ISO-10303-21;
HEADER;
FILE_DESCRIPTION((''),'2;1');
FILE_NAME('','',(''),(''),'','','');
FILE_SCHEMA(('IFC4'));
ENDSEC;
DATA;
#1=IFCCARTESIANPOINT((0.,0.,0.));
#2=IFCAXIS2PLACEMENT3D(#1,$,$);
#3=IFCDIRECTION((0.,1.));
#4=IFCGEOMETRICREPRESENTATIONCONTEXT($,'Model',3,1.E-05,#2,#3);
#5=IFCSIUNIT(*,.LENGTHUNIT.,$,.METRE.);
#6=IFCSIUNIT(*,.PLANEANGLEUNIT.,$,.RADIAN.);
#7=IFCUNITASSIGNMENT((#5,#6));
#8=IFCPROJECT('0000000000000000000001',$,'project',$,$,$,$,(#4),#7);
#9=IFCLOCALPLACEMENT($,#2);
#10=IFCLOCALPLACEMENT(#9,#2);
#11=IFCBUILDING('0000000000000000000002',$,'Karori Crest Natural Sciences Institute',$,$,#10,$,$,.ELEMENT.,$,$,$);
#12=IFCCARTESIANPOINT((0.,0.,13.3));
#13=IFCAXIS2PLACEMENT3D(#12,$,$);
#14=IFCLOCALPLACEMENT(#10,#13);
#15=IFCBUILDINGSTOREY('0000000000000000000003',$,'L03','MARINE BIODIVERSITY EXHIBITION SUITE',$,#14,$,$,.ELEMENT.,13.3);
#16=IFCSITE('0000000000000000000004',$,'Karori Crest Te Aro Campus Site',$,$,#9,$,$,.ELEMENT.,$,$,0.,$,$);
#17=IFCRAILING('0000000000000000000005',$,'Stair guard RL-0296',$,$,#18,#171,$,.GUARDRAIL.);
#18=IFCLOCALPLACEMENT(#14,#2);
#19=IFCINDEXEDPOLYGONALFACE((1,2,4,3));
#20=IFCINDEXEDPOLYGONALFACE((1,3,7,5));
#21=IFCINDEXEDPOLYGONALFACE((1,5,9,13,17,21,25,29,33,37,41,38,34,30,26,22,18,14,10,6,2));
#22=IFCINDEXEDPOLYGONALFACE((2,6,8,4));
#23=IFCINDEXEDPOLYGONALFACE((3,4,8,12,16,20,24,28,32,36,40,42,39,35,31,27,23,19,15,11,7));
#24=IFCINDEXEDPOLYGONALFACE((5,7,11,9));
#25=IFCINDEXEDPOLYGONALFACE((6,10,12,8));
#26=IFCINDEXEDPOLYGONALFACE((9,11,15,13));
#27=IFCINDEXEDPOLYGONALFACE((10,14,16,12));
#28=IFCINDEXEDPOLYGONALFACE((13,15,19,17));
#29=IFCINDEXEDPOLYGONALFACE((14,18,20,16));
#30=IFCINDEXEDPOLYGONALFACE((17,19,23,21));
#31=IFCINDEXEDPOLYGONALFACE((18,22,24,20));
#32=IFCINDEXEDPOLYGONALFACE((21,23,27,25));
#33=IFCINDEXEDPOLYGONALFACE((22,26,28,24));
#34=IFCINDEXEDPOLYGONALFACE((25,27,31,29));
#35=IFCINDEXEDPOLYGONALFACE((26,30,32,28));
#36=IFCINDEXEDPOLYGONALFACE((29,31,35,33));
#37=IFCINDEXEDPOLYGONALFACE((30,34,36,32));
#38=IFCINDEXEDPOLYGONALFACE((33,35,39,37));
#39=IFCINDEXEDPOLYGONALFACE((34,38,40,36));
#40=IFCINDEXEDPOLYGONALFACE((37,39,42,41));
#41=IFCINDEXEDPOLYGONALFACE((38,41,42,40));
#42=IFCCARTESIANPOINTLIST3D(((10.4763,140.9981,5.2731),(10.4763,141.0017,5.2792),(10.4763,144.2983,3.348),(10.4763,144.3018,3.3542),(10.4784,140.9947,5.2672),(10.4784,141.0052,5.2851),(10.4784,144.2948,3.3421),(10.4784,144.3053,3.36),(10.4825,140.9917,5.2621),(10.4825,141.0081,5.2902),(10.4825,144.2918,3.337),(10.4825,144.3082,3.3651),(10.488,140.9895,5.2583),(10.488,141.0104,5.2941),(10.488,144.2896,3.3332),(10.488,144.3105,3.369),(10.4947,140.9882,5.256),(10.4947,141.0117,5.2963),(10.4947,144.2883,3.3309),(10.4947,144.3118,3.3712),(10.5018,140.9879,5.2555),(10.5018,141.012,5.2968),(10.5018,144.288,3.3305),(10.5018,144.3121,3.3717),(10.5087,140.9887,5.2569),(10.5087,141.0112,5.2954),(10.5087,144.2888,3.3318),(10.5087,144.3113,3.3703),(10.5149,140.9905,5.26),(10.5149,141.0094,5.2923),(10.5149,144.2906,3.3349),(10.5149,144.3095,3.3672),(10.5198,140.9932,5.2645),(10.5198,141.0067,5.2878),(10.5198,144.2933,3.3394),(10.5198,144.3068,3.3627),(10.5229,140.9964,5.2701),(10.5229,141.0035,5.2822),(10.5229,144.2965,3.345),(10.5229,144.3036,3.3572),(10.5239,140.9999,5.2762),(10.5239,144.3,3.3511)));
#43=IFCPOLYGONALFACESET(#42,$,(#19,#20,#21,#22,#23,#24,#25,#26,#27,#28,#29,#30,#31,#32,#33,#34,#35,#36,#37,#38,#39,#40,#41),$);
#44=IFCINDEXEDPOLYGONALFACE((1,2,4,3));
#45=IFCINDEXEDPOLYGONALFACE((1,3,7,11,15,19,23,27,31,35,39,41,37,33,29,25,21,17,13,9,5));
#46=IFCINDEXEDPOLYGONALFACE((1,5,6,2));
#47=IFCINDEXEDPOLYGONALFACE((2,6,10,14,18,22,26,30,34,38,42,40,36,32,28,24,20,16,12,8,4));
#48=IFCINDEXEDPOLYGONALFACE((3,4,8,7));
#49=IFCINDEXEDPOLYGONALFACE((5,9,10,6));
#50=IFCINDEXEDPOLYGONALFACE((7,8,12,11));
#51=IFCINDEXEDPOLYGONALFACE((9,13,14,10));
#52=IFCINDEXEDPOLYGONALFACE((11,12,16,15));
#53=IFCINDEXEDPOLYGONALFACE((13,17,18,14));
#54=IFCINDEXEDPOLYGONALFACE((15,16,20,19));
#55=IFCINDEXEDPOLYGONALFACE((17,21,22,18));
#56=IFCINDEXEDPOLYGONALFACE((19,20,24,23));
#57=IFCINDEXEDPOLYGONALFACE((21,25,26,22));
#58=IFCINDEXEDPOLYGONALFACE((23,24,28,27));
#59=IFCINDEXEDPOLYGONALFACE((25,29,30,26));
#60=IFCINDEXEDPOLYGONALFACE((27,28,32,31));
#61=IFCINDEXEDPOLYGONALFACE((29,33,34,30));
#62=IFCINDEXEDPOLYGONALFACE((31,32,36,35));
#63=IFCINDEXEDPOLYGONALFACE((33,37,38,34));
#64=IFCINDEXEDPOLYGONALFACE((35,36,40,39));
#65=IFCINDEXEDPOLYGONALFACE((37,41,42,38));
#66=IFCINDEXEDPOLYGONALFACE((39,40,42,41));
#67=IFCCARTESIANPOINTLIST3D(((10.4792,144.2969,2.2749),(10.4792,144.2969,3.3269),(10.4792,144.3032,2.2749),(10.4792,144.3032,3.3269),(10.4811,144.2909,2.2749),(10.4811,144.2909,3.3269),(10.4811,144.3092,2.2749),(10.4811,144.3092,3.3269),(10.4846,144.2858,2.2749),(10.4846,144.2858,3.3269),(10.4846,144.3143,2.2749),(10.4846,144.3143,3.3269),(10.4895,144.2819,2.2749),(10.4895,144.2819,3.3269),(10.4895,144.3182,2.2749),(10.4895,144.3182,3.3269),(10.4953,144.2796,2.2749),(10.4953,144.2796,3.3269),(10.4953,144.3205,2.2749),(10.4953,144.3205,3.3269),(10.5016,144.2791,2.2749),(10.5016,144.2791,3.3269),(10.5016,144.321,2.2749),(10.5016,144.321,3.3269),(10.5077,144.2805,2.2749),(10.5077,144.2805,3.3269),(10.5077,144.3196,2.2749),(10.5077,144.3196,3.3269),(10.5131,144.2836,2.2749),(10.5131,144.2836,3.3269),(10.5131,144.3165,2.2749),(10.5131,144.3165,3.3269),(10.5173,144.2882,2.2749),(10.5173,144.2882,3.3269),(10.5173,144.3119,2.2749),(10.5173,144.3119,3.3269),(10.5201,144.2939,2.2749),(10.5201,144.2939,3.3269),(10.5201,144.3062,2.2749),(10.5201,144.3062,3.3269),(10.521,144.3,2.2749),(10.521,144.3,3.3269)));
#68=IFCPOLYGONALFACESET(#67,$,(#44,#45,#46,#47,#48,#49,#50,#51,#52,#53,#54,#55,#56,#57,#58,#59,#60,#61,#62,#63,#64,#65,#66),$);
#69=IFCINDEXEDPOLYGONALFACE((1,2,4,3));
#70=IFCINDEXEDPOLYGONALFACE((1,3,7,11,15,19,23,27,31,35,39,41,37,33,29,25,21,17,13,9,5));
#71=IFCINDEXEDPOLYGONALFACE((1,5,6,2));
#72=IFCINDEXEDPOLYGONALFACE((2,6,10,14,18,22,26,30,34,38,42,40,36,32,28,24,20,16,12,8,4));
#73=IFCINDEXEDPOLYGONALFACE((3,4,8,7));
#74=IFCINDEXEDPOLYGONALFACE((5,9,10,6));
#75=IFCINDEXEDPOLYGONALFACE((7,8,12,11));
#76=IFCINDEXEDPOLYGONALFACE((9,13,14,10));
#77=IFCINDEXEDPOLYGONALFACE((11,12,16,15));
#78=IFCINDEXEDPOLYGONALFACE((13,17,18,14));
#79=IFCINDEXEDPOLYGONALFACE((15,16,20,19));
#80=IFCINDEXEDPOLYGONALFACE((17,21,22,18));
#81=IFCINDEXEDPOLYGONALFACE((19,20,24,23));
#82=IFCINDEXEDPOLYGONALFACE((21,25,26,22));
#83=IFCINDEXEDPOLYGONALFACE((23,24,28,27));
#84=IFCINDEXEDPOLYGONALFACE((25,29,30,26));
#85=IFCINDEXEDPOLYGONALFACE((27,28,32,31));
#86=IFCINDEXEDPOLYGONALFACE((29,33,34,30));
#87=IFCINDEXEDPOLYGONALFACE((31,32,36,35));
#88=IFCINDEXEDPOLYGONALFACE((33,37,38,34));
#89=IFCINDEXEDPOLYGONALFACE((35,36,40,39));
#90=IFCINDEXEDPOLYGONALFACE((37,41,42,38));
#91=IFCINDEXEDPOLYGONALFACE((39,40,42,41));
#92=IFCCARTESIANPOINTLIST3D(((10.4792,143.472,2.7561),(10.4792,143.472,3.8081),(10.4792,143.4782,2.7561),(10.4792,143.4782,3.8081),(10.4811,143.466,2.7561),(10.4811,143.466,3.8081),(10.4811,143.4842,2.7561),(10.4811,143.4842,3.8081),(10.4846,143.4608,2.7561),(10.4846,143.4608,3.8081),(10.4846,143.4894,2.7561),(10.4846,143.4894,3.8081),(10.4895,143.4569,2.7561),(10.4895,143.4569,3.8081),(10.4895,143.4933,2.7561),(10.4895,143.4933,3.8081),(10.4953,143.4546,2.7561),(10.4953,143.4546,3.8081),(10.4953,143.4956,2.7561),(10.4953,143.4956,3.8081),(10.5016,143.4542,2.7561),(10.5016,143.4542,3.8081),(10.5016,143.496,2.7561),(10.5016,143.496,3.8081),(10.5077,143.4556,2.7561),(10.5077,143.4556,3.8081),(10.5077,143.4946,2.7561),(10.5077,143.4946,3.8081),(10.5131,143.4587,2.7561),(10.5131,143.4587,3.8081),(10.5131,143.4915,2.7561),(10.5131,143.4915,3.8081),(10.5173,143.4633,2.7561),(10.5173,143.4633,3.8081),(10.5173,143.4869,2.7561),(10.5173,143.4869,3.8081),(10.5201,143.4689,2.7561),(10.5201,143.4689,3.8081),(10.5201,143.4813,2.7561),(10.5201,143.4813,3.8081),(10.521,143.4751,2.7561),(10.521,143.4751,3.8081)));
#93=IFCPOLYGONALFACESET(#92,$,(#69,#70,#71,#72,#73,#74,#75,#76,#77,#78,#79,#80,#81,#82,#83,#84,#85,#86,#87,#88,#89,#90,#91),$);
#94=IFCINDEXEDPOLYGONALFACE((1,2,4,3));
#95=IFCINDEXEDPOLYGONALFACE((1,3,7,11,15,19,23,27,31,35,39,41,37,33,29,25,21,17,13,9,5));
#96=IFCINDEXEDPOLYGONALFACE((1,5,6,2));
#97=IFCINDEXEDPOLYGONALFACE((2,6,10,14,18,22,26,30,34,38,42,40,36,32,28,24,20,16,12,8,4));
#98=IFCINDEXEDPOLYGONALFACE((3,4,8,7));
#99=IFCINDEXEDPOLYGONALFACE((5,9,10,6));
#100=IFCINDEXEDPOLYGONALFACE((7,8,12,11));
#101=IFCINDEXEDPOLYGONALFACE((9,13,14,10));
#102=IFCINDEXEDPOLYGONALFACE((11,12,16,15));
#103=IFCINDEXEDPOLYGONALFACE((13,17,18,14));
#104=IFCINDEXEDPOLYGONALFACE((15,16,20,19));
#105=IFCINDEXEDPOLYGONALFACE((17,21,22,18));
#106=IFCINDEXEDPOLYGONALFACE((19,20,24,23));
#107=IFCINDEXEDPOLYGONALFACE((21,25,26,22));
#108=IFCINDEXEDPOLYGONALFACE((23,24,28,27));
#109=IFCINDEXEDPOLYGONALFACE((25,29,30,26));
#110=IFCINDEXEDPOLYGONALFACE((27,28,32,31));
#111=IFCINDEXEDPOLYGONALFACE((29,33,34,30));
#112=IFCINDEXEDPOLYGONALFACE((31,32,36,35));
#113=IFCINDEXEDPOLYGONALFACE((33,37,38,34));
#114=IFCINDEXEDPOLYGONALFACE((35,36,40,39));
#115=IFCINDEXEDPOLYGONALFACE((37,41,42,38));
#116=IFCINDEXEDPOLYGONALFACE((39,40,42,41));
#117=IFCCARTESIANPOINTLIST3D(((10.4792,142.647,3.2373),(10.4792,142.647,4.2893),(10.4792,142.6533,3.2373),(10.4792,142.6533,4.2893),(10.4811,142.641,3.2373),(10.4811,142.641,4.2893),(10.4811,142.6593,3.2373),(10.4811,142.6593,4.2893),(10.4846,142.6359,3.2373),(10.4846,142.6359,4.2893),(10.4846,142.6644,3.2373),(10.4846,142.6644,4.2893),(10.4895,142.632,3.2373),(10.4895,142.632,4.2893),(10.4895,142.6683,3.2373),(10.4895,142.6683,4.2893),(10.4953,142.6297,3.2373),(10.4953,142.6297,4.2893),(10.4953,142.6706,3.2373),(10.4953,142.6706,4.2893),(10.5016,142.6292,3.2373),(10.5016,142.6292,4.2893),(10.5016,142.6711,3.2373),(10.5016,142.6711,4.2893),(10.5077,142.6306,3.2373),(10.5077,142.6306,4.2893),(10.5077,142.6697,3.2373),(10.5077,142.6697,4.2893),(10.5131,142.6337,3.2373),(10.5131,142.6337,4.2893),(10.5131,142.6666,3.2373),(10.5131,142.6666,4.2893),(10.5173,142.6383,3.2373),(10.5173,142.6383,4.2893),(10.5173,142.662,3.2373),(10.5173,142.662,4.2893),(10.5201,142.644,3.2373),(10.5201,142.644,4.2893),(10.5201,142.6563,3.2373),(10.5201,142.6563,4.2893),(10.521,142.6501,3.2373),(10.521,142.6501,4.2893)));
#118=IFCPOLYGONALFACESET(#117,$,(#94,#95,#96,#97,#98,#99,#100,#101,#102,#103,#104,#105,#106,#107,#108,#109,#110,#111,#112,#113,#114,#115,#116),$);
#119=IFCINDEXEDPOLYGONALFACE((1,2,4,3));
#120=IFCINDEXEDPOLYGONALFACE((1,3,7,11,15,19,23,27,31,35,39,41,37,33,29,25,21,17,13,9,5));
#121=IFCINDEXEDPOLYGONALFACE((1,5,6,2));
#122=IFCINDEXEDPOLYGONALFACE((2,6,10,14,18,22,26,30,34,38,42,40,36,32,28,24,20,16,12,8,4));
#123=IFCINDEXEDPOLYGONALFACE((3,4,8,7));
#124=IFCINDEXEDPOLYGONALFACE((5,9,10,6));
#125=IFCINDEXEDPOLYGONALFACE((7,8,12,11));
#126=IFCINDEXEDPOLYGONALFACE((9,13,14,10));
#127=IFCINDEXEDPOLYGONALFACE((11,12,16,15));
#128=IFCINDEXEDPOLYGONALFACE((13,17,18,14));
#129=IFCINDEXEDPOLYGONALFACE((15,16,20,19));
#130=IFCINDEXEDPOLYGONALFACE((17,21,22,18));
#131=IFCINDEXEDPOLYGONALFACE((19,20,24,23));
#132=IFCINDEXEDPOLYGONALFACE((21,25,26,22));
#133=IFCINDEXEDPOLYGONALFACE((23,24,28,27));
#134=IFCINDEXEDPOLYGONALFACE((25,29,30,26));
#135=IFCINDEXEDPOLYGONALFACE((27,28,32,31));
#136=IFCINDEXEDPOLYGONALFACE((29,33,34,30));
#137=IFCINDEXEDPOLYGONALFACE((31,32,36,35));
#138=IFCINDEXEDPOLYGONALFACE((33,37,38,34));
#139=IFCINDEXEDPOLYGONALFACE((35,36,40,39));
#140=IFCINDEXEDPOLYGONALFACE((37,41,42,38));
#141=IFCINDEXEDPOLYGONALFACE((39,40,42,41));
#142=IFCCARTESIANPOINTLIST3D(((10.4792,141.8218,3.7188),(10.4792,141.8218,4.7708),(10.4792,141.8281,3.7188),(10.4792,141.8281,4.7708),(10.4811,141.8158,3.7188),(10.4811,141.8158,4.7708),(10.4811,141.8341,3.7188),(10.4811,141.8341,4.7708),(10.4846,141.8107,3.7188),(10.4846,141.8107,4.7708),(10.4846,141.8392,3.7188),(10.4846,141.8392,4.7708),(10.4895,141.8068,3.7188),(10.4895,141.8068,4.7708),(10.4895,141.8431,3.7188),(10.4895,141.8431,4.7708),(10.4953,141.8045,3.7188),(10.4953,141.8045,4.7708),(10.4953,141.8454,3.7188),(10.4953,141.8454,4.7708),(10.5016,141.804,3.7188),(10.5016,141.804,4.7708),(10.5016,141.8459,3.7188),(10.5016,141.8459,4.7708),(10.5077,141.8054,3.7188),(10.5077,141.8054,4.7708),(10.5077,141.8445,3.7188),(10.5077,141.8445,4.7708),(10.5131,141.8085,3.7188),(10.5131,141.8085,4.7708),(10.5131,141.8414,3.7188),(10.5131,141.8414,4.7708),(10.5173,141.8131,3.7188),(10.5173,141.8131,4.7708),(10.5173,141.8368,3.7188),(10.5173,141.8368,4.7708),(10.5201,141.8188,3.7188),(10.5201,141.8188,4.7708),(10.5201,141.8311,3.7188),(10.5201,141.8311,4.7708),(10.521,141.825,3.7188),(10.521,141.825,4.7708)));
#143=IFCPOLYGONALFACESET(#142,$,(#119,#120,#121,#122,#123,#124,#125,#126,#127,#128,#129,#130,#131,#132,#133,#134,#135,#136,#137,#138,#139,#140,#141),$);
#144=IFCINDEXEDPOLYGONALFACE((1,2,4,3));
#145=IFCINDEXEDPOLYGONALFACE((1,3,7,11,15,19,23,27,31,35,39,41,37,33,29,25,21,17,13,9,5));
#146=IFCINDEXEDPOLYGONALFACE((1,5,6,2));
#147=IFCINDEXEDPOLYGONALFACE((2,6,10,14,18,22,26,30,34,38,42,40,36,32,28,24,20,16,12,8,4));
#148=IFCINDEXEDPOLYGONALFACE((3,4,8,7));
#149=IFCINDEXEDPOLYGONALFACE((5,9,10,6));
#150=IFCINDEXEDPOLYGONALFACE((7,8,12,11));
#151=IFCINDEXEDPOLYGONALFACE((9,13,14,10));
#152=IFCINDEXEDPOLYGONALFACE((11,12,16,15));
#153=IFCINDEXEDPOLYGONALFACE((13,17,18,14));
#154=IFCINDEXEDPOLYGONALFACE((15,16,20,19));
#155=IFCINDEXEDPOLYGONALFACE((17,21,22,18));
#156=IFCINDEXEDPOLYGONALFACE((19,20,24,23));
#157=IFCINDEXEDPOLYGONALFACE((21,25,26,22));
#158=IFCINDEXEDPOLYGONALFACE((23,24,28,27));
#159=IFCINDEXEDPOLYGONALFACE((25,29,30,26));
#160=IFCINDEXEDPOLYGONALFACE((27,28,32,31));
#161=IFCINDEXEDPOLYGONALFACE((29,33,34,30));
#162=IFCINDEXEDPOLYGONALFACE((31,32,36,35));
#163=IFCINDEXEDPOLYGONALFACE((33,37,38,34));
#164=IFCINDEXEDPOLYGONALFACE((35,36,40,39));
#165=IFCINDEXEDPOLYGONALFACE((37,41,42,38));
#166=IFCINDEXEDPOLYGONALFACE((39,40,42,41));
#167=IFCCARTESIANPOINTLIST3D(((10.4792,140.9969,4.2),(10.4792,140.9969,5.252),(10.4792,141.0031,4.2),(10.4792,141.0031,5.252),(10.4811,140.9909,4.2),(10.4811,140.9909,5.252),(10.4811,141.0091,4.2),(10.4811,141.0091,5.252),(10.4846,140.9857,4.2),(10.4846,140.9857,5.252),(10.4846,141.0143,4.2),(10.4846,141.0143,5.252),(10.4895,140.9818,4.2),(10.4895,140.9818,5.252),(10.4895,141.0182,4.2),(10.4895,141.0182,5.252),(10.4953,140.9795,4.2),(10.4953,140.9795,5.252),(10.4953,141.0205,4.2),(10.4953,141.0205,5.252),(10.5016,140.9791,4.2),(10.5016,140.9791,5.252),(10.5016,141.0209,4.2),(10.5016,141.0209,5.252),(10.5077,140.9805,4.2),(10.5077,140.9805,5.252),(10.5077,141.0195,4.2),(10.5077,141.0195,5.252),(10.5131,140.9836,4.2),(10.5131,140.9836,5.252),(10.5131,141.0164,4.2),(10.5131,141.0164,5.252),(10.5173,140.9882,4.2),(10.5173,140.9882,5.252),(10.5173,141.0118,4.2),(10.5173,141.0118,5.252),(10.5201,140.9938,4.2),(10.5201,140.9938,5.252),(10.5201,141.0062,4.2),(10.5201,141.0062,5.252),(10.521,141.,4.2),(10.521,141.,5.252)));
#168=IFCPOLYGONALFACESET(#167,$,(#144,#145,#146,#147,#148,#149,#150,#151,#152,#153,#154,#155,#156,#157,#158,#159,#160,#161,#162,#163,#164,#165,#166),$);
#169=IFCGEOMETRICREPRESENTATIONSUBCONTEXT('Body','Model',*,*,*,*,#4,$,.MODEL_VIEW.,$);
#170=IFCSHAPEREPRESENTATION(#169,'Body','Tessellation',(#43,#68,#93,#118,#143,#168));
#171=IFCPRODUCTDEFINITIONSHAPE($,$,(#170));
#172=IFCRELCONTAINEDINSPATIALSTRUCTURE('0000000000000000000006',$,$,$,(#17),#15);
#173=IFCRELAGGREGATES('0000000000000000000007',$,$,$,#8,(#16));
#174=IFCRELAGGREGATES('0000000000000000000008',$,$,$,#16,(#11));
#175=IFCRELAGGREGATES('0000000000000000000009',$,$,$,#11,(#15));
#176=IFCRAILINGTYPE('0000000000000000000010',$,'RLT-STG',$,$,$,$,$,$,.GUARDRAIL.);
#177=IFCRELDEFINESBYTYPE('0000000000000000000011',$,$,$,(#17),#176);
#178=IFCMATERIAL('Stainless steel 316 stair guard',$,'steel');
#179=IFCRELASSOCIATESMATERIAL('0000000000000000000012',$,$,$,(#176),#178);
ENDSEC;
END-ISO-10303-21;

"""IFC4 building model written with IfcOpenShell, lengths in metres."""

from ifc_helpers import new_model, si_unit, direction, frame, origin, origin_2d, place, context, subcontext, project, spatial, circle, extrude, material, type_object, element, save


model = new_model("IFC4")

# Units and contexts
model_context = context("Model", 3, precision=1e-05, world=origin(), true_north=direction((0.0, 1.0)))
body_context = subcontext(model_context, "Body", "Model", "MODEL_VIEW")
ifc_project = project(units=[si_unit("LENGTHUNIT", "METRE"), si_unit("PLANEANGLEUNIT", "RADIAN")], contexts=[model_context])

# Site, building, storey
site_placement = place(None, origin())
site = spatial("IfcSite", under=ifc_project, at=site_placement, Name="Karori Crest Te Aro Campus Site", CompositionType="ELEMENT", RefElevation=0.0)
building_placement = place(site_placement, origin())
building = spatial("IfcBuilding", under=site, at=building_placement, Name="Karori Crest Natural Sciences Institute", CompositionType="ELEMENT")
storey_placement = place(building_placement, frame((0.0, 0.0, 13.3)))
storey = spatial("IfcBuildingStorey", under=building, at=storey_placement, Name="L03", Description="MARINE BIODIVERSITY EXHIBITION SUITE", CompositionType="ELEMENT", Elevation=13.3)

# Railing
ifc_material_1 = material(Name="Stainless steel 316 stair guard", Category="steel")
railing_type_1 = type_object("IfcRailingType", Name="RLT-STG", PredefinedType="GUARDRAIL", material=ifc_material_1)
railing_1_placement = place(storey_placement, frame((10.5, 144.3, 2.2749)))
element("IfcRailing", 1, at=railing_1_placement, inside=storey, type_object=railing_type_1, Name="Stair guard RL-0296", PredefinedType="GUARDRAIL", context=body_context, shape_type="SweptSolid", body=[
    extrude(circle(Radius=0.0239, at=origin_2d()), frame((0.0, 0.0, 1.0762), z_axis=(0.0, -0.863777, 0.503875), x_axis=(1.0, 0.0, 0.0)), (0.0, 0.0, 1.0), 3.8206),
    extrude(circle(Radius=0.021, at=origin_2d()), origin(), (0.0, 0.0, 1.0), 1.052),
    extrude(circle(Radius=0.021, at=origin_2d()), frame((0.0, -0.825, 0.4812)), (0.0, 0.0, 1.0), 1.052),
    extrude(circle(Radius=0.021, at=origin_2d()), frame((0.0, -1.6499, 0.9624)), (0.0, 0.0, 1.0), 1.052),
    extrude(circle(Radius=0.021, at=origin_2d()), frame((0.0, -2.4751, 1.4438)), (0.0, 0.0, 1.0), 1.052),
    extrude(circle(Radius=0.021, at=origin_2d()), frame((0.0, -3.3, 1.925)), (0.0, 0.0, 1.0), 1.052),
])

save(model, "model.ifc")
